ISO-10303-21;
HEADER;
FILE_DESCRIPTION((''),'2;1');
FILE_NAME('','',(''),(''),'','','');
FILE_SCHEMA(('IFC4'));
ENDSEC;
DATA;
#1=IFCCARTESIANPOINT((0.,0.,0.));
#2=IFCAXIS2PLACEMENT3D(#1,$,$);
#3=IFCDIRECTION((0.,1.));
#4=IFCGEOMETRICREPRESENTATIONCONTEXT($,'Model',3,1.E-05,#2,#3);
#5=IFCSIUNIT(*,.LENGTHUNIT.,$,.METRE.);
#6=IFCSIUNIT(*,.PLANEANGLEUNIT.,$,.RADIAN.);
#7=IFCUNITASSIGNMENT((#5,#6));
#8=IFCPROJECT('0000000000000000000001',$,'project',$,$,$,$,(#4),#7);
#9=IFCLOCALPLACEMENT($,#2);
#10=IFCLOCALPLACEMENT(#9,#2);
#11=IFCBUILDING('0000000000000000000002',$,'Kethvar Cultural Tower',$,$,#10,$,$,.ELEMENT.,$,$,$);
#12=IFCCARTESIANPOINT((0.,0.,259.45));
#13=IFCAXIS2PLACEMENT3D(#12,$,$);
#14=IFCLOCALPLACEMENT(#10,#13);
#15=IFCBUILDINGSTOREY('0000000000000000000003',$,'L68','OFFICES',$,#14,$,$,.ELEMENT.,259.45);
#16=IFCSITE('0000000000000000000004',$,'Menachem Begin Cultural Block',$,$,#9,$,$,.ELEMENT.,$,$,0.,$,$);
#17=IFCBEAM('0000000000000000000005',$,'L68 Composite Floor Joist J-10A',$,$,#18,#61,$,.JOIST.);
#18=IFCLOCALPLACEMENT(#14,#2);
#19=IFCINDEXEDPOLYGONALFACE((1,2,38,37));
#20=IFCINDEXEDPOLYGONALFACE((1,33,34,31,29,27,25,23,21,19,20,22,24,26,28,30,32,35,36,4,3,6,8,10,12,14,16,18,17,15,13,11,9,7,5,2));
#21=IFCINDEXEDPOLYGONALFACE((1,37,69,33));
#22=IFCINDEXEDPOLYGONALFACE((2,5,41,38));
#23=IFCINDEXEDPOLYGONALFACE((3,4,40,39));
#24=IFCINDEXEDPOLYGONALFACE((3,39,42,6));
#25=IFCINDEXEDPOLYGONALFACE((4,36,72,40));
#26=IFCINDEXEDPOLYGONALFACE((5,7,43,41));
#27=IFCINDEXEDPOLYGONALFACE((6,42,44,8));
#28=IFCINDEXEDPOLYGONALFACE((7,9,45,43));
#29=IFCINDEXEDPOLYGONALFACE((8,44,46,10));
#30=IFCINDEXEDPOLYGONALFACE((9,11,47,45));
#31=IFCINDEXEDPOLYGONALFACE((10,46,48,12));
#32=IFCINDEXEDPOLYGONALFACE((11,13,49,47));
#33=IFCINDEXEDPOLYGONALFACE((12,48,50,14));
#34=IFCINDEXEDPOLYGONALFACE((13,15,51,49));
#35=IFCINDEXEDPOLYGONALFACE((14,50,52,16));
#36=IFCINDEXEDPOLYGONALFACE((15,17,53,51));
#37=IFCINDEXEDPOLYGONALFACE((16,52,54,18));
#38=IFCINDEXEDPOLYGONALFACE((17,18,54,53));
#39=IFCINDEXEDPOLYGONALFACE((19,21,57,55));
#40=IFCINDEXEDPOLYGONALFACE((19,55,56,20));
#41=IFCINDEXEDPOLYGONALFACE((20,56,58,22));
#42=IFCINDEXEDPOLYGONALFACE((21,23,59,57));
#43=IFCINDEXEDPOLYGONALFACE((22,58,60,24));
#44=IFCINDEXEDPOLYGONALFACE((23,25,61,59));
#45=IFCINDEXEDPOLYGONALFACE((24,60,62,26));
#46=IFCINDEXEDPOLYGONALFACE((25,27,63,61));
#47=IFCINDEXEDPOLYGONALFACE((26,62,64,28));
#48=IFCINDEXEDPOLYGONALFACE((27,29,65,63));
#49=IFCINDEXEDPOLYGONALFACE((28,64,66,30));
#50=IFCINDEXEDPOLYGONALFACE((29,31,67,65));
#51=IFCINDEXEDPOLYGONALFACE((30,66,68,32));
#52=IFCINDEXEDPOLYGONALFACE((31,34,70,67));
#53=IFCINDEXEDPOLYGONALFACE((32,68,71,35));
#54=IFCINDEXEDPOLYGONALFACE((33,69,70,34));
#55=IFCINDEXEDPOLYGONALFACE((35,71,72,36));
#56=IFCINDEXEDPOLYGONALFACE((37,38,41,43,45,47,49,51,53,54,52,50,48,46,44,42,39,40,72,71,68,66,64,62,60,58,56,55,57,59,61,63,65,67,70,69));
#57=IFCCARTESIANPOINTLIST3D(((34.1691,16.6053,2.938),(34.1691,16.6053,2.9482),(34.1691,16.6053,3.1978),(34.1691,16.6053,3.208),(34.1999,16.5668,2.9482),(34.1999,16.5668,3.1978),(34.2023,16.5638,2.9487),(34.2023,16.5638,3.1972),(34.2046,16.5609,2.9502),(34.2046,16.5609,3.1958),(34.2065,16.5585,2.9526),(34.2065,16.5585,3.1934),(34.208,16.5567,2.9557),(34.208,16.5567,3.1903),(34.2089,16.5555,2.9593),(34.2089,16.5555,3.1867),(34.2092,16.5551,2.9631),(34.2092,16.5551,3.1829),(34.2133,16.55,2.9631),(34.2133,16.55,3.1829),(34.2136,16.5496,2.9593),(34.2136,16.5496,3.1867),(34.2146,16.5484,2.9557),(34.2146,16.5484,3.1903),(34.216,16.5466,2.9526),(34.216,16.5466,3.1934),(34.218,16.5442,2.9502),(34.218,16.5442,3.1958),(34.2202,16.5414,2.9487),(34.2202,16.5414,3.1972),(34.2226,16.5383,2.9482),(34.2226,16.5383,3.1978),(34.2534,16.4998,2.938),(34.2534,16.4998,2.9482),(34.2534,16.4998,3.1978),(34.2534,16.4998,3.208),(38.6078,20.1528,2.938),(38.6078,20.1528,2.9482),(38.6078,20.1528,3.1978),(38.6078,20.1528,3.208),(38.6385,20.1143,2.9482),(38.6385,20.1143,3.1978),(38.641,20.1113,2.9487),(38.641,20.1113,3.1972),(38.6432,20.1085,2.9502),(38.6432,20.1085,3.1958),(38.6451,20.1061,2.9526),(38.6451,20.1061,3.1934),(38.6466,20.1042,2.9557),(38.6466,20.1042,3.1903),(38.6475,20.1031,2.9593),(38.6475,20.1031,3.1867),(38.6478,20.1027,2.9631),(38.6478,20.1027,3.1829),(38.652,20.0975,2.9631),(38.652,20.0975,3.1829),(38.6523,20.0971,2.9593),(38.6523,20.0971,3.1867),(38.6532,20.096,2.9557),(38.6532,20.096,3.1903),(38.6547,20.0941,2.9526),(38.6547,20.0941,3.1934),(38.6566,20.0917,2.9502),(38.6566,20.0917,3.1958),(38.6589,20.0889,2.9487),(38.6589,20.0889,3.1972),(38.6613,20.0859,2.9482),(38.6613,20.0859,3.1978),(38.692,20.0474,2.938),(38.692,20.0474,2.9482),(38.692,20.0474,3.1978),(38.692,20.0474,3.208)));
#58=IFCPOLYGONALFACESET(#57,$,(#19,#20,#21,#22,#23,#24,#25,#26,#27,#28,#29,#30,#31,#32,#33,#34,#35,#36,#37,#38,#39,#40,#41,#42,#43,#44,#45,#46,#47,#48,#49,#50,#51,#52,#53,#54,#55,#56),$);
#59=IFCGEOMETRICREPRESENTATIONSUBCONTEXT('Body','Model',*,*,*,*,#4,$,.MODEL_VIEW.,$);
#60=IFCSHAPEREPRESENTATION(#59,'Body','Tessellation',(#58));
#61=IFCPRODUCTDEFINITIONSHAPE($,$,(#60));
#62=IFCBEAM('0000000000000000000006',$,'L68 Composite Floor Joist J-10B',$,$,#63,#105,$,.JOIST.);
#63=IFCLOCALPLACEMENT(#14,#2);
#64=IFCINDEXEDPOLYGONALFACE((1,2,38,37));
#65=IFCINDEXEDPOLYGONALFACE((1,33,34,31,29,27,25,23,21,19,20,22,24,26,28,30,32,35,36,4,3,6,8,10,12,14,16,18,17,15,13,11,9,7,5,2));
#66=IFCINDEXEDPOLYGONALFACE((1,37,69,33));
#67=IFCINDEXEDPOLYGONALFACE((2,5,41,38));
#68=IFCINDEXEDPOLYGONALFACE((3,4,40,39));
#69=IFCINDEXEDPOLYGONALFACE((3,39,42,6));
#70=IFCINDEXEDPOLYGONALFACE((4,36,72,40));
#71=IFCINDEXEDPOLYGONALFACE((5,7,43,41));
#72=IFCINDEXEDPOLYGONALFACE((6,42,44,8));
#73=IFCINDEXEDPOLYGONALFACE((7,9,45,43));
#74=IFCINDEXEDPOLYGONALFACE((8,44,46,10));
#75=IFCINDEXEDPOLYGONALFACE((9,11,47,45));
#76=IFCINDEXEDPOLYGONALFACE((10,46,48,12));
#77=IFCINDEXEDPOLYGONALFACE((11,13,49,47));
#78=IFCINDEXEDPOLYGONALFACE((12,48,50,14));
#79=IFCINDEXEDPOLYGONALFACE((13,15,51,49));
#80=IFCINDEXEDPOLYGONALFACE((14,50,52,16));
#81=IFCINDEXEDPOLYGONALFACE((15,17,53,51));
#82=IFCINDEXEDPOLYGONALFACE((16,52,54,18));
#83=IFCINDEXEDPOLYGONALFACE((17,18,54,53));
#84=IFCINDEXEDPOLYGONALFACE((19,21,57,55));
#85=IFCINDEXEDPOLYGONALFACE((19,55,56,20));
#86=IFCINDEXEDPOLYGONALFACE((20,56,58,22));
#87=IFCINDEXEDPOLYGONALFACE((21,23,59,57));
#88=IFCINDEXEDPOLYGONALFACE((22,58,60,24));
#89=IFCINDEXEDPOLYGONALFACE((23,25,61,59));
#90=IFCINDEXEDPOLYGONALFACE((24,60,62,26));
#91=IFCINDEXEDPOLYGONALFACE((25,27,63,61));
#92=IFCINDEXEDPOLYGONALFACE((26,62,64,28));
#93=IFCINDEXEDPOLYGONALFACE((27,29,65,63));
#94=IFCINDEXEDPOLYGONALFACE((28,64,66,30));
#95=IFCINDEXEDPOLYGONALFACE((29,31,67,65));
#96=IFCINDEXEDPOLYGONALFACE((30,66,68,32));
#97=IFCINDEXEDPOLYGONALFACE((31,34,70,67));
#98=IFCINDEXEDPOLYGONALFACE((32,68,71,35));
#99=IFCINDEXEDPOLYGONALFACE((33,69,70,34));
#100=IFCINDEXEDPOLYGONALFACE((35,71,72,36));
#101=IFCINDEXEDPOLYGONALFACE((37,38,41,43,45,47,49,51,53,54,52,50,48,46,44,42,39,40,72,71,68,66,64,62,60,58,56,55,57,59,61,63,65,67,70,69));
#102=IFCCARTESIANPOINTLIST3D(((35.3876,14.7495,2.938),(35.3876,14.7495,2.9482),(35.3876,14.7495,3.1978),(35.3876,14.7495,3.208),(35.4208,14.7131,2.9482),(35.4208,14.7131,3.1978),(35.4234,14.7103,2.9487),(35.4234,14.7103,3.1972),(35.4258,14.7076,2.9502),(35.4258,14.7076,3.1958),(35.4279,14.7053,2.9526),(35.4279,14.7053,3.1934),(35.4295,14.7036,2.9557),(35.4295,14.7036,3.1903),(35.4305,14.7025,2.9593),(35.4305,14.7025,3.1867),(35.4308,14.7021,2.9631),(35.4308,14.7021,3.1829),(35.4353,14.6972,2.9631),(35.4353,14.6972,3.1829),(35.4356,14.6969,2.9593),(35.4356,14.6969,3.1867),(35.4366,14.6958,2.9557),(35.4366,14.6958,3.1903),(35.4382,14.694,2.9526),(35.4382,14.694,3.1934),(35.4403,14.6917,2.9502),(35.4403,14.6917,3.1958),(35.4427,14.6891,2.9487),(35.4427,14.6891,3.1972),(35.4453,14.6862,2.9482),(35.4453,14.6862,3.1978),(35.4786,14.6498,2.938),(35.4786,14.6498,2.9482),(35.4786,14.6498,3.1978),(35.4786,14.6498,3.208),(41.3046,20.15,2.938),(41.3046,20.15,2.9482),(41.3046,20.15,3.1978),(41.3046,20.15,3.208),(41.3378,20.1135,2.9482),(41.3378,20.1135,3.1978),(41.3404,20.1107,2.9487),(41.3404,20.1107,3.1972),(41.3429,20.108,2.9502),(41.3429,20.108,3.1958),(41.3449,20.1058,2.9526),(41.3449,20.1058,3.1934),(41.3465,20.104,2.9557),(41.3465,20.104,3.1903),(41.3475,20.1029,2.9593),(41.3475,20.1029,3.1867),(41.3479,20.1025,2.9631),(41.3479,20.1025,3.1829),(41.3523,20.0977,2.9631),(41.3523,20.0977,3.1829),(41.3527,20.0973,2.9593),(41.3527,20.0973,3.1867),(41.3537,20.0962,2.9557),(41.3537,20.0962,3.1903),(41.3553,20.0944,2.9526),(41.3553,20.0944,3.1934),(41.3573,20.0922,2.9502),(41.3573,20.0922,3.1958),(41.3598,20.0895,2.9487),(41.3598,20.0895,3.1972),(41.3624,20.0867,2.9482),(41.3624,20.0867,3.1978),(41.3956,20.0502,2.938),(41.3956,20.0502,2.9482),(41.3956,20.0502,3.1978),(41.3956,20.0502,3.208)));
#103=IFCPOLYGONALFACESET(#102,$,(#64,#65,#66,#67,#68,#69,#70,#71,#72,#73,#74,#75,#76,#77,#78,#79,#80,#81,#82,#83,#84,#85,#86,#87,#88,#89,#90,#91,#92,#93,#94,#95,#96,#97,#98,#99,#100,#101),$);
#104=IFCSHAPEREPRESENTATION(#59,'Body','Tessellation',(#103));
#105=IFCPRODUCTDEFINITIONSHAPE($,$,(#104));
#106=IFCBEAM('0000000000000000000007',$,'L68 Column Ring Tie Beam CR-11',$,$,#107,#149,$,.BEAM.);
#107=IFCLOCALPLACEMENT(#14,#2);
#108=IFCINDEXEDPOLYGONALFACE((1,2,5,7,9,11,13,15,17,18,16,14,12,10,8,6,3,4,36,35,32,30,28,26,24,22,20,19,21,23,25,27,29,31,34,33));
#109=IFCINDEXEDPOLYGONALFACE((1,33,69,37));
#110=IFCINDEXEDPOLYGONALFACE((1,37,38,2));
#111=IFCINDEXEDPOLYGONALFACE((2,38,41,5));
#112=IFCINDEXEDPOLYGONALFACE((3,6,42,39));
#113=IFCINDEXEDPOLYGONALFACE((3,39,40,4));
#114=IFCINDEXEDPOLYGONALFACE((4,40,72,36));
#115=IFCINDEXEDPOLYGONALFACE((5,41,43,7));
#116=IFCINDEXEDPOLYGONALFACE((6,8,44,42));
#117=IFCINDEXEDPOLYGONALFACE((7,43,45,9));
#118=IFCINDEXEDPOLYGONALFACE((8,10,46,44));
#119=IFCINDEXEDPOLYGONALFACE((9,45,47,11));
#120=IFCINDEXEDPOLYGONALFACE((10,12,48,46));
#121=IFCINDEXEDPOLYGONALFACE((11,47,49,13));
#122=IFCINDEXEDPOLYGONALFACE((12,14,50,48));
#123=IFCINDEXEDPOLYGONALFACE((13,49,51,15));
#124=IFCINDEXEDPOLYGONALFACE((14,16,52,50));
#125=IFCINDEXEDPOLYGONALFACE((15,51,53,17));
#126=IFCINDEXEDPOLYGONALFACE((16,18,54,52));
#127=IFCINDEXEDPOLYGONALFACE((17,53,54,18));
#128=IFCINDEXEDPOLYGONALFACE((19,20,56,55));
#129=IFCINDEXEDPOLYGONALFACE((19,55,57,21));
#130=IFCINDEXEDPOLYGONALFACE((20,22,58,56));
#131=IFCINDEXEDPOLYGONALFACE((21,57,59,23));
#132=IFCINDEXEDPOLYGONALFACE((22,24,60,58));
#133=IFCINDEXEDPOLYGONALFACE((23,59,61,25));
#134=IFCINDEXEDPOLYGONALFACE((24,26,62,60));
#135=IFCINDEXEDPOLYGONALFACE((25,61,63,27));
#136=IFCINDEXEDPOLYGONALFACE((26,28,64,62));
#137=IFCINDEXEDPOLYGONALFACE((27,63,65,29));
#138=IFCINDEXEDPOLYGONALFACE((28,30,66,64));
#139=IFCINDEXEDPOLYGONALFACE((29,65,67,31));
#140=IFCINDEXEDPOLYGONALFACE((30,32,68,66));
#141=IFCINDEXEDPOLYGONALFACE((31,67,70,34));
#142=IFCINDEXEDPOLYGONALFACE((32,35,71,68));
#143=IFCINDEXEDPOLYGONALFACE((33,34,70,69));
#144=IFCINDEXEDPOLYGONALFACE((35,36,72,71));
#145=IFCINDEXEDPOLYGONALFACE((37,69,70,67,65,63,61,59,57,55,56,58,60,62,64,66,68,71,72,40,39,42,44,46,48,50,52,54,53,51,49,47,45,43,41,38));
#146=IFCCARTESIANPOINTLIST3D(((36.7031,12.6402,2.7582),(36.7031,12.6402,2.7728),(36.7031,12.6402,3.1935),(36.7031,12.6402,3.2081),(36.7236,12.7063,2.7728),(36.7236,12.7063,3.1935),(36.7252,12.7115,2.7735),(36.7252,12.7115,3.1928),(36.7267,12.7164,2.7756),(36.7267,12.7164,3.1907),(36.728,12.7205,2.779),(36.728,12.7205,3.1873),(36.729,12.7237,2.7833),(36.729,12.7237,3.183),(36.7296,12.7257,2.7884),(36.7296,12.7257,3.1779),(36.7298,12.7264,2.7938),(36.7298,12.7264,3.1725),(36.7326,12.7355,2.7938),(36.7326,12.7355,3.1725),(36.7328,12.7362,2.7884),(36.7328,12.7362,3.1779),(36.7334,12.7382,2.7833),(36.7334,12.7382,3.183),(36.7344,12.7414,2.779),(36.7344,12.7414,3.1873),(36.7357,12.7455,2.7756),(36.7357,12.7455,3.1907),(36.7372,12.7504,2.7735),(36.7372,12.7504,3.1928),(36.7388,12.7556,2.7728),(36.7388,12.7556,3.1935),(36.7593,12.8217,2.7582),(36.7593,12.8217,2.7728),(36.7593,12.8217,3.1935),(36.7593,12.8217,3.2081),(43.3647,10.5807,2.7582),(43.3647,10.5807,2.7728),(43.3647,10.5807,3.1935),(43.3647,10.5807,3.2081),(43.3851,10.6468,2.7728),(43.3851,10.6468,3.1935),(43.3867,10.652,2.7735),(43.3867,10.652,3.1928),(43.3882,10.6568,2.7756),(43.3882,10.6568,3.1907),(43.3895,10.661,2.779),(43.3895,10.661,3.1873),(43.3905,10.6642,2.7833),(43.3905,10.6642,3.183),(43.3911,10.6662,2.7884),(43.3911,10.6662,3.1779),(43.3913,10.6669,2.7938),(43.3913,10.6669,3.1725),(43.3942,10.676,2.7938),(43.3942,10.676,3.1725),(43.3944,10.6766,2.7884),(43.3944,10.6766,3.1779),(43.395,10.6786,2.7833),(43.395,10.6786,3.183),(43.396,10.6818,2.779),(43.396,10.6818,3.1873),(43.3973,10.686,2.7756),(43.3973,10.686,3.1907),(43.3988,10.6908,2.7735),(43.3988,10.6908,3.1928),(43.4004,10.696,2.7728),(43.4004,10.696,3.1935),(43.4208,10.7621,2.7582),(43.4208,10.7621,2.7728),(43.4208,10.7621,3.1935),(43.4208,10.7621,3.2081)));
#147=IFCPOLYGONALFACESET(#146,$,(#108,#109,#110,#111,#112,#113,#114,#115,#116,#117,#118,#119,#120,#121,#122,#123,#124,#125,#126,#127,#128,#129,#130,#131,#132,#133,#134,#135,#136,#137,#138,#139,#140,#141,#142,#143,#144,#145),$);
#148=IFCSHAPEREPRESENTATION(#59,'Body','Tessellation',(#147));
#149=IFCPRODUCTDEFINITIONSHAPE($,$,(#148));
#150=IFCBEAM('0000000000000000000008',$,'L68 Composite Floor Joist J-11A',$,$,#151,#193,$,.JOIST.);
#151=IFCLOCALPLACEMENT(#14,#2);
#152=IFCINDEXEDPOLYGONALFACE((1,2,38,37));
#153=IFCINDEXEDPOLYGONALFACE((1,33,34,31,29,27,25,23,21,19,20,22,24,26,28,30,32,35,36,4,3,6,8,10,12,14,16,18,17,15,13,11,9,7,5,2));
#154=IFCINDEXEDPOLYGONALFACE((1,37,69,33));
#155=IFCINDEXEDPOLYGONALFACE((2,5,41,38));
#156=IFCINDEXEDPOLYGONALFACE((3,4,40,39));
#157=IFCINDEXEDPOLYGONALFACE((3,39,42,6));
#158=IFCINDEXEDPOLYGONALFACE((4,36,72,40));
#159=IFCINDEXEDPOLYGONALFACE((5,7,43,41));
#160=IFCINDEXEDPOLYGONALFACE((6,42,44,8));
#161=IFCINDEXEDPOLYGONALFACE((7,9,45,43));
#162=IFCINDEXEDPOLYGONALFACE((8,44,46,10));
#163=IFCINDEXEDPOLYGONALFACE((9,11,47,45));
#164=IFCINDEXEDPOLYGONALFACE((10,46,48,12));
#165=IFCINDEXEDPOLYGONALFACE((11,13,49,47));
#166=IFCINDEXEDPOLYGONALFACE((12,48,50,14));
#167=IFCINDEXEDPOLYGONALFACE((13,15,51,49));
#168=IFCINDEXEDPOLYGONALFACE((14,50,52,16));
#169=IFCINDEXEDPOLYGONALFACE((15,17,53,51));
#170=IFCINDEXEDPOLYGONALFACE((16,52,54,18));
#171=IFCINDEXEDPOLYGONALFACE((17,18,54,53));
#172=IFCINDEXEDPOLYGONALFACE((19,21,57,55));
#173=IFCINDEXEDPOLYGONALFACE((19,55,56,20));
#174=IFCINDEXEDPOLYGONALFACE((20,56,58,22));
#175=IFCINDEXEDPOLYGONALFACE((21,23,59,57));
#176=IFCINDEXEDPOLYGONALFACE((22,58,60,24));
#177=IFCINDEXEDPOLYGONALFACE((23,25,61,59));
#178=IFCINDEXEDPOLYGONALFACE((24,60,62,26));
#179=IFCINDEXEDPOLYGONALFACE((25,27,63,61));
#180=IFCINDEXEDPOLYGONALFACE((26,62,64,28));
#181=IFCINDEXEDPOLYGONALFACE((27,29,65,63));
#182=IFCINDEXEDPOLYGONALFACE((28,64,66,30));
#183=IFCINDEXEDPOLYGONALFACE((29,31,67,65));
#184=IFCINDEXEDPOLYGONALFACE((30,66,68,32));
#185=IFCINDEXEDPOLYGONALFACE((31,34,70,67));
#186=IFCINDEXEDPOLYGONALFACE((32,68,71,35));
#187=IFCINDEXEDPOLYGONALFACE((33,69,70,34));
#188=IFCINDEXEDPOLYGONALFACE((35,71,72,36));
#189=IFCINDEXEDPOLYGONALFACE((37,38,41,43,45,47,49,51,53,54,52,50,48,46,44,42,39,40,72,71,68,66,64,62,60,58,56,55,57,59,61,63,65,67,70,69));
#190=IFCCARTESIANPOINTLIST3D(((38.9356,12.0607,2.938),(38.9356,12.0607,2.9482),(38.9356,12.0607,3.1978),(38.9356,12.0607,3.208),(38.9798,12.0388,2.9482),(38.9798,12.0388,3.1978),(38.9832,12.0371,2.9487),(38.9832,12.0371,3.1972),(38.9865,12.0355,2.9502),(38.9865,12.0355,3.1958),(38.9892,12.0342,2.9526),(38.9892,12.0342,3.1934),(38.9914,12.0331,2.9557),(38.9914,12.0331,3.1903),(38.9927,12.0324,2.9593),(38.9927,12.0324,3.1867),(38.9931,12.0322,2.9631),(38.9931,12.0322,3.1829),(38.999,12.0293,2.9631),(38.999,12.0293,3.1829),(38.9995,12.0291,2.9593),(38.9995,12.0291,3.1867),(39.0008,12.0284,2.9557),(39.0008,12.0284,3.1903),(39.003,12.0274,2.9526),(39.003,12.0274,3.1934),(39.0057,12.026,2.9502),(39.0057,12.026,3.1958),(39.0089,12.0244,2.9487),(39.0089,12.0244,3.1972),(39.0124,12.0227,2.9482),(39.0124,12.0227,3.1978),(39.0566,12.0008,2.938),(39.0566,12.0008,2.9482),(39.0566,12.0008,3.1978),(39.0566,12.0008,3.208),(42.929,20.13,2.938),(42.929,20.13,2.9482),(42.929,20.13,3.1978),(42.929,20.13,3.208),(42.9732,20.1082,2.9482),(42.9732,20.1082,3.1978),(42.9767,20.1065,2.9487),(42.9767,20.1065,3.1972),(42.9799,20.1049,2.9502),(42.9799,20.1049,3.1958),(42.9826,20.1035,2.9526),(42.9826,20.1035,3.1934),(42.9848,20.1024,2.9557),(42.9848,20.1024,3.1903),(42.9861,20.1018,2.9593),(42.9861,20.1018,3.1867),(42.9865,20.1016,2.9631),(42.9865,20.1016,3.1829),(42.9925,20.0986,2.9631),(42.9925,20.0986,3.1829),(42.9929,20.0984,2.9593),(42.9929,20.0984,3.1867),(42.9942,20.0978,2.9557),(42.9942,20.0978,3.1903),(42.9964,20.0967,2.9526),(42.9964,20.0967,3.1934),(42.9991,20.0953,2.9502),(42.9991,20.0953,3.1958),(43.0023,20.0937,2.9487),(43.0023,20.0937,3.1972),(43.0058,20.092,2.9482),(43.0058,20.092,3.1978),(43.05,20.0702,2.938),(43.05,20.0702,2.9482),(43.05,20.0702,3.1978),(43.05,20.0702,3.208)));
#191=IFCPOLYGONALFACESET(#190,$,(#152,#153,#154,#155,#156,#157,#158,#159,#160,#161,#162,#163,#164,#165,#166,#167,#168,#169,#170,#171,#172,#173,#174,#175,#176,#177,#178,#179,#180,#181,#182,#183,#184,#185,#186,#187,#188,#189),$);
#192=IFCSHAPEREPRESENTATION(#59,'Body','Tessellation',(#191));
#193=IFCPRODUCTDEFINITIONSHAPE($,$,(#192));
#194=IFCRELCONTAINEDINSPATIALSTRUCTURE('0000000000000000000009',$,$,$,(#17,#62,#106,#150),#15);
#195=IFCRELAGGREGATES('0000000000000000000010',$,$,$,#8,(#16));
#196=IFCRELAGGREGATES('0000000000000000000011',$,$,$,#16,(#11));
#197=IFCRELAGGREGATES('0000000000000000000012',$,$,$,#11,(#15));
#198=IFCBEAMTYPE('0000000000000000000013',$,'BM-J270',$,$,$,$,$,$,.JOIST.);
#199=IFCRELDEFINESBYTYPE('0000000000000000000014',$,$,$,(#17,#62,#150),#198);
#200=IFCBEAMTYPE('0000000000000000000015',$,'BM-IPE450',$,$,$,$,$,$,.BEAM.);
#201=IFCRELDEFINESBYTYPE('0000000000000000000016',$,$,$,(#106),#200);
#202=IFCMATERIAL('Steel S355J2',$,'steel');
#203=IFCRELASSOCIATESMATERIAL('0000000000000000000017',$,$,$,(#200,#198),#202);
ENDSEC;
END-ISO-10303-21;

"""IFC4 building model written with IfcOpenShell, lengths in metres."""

from ifc_helpers import new_model, si_unit, direction, frame, origin, origin_2d, place, context, subcontext, project, spatial, i_section, extrude, source, transform, mapped, material, material_profile, profile_set, type_object, element, save


model = new_model("IFC4")

# Units and contexts
model_context = context("Model", 3, precision=1e-05, world=origin(), true_north=direction((0.0, 1.0)))
body_context = subcontext(model_context, "Body", "Model", "MODEL_VIEW")
ifc_project = project(units=[si_unit("LENGTHUNIT", "METRE"), si_unit("PLANEANGLEUNIT", "RADIAN")], contexts=[model_context])

# Site, building, storey
site_placement = place(None, origin())
site = spatial("IfcSite", under=ifc_project, at=site_placement, Name="Menachem Begin Cultural Block", CompositionType="ELEMENT", RefElevation=0.0)
building_placement = place(site_placement, origin())
building = spatial("IfcBuilding", under=site, at=building_placement, Name="Kethvar Cultural Tower", CompositionType="ELEMENT")
storey_placement = place(building_placement, frame((0.0, 0.0, 259.45)))
storey = spatial("IfcBuildingStorey", under=building, at=storey_placement, Name="L68", Description="OFFICES", CompositionType="ELEMENT", Elevation=259.45)

# Beams
ifc_material_1 = material(Name="Steel S355J2", Category="steel")
ifc_material_profile_1 = material_profile(ifc_material_1, i_section(OverallWidth=0.1899, OverallDepth=0.45, WebThickness=0.0095, FlangeThickness=0.0146, FilletRadius=0.021, at=origin_2d()), Name="Steel S355J2 — IPE450")
ifc_profile_set_1 = profile_set([ifc_material_profile_1], Name="Steel S355J2 — IPE450")
beam_type_1 = type_object("IfcBeamType", Name="BM-IPE450", PredefinedType="BEAM", material=ifc_profile_set_1)
ifc_material_profile_2 = material_profile(ifc_material_1, i_section(OverallWidth=0.135, OverallDepth=0.27, WebThickness=0.0066, FlangeThickness=0.0103, FilletRadius=0.0149, at=origin_2d()), Name="Steel S355J2 — IPE270")
ifc_profile_set_2 = profile_set([ifc_material_profile_2], Name="Steel S355J2 — IPE270")
beam_type_2 = type_object("IfcBeamType", Name="BM-J270", PredefinedType="JOIST", material=ifc_profile_set_2)
shared_shape_1 = source(origin(), body_context, "Body", "SweptSolid", [
    extrude(i_section(OverallWidth=0.135, OverallDepth=0.27, WebThickness=0.0066, FlangeThickness=0.0103, FilletRadius=0.0149, at=origin_2d()), origin(), (0.0, 0.0, 1.0), 5.6821),
])
beam_1_placement = place(storey_placement, frame((38.6499, 20.1001, 3.073), z_axis=(-0.781158, -0.624333, 0.0), x_axis=(0.624333, -0.781158, 0.0)))
element("IfcBeam", 1, at=beam_1_placement, inside=storey, type_object=beam_type_2, Name="L68 Composite Floor Joist J-10A", PredefinedType="JOIST", context=body_context, shape_type="MappedRepresentation", body=[
    mapped(shared_shape_1, transform((0.0, 0.0, 0.0), scale=1.0)),
])
shared_shape_2 = source(origin(), body_context, "Body", "SweptSolid", [
    extrude(i_section(OverallWidth=0.135, OverallDepth=0.27, WebThickness=0.0066, FlangeThickness=0.0103, FilletRadius=0.0149, at=origin_2d()), origin(), (0.0, 0.0, 1.0), 8.011),
])
beam_2_placement = place(storey_placement, frame((41.3501, 20.1001, 3.073), z_axis=(-0.738615, -0.674128, 0.0), x_axis=(0.674128, -0.738615, 0.0)))
element("IfcBeam", 2, at=beam_2_placement, inside=storey, type_object=beam_type_2, Name="L68 Composite Floor Joist J-10B", PredefinedType="JOIST", context=body_context, shape_type="MappedRepresentation", body=[
    mapped(shared_shape_2, transform((0.0, 0.0, 0.0), scale=1.0)),
])
shared_shape_3 = source(origin(), body_context, "Body", "SweptSolid", [
    extrude(i_section(OverallWidth=0.1899, OverallDepth=0.45, WebThickness=0.0095, FlangeThickness=0.0146, FilletRadius=0.021, at=origin_2d()), origin(), (0.0, 0.0, 1.0), 6.9727),
])
beam_3_placement = place(storey_placement, frame((36.7312, 12.731, 2.9832), z_axis=(0.955381, -0.295375, 0.0), x_axis=(0.295375, 0.955381, 0.0)))
element("IfcBeam", 3, at=beam_3_placement, inside=storey, type_object=beam_type_1, Name="L68 Column Ring Tie Beam CR-11", PredefinedType="BEAM", context=body_context, shape_type="MappedRepresentation", body=[
    mapped(shared_shape_3, transform((0.0, 0.0, 0.0), scale=1.0)),
])
shared_shape_4 = source(origin(), body_context, "Body", "SweptSolid", [
    extrude(i_section(OverallWidth=0.135, OverallDepth=0.27, WebThickness=0.0066, FlangeThickness=0.0103, FilletRadius=0.0149, at=origin_2d()), origin(), (0.0, 0.0, 1.0), 9.0034),
])
beam_4_placement = place(storey_placement, frame((42.9895, 20.1001, 3.073), z_axis=(-0.443544, -0.896253, 0.0), x_axis=(0.896253, -0.443544, 0.0)))
element("IfcBeam", 4, at=beam_4_placement, inside=storey, type_object=beam_type_2, Name="L68 Composite Floor Joist J-11A", PredefinedType="JOIST", context=body_context, shape_type="MappedRepresentation", body=[
    mapped(shared_shape_4, transform((0.0, 0.0, 0.0), scale=1.0)),
])

save(model, "model.ifc")
